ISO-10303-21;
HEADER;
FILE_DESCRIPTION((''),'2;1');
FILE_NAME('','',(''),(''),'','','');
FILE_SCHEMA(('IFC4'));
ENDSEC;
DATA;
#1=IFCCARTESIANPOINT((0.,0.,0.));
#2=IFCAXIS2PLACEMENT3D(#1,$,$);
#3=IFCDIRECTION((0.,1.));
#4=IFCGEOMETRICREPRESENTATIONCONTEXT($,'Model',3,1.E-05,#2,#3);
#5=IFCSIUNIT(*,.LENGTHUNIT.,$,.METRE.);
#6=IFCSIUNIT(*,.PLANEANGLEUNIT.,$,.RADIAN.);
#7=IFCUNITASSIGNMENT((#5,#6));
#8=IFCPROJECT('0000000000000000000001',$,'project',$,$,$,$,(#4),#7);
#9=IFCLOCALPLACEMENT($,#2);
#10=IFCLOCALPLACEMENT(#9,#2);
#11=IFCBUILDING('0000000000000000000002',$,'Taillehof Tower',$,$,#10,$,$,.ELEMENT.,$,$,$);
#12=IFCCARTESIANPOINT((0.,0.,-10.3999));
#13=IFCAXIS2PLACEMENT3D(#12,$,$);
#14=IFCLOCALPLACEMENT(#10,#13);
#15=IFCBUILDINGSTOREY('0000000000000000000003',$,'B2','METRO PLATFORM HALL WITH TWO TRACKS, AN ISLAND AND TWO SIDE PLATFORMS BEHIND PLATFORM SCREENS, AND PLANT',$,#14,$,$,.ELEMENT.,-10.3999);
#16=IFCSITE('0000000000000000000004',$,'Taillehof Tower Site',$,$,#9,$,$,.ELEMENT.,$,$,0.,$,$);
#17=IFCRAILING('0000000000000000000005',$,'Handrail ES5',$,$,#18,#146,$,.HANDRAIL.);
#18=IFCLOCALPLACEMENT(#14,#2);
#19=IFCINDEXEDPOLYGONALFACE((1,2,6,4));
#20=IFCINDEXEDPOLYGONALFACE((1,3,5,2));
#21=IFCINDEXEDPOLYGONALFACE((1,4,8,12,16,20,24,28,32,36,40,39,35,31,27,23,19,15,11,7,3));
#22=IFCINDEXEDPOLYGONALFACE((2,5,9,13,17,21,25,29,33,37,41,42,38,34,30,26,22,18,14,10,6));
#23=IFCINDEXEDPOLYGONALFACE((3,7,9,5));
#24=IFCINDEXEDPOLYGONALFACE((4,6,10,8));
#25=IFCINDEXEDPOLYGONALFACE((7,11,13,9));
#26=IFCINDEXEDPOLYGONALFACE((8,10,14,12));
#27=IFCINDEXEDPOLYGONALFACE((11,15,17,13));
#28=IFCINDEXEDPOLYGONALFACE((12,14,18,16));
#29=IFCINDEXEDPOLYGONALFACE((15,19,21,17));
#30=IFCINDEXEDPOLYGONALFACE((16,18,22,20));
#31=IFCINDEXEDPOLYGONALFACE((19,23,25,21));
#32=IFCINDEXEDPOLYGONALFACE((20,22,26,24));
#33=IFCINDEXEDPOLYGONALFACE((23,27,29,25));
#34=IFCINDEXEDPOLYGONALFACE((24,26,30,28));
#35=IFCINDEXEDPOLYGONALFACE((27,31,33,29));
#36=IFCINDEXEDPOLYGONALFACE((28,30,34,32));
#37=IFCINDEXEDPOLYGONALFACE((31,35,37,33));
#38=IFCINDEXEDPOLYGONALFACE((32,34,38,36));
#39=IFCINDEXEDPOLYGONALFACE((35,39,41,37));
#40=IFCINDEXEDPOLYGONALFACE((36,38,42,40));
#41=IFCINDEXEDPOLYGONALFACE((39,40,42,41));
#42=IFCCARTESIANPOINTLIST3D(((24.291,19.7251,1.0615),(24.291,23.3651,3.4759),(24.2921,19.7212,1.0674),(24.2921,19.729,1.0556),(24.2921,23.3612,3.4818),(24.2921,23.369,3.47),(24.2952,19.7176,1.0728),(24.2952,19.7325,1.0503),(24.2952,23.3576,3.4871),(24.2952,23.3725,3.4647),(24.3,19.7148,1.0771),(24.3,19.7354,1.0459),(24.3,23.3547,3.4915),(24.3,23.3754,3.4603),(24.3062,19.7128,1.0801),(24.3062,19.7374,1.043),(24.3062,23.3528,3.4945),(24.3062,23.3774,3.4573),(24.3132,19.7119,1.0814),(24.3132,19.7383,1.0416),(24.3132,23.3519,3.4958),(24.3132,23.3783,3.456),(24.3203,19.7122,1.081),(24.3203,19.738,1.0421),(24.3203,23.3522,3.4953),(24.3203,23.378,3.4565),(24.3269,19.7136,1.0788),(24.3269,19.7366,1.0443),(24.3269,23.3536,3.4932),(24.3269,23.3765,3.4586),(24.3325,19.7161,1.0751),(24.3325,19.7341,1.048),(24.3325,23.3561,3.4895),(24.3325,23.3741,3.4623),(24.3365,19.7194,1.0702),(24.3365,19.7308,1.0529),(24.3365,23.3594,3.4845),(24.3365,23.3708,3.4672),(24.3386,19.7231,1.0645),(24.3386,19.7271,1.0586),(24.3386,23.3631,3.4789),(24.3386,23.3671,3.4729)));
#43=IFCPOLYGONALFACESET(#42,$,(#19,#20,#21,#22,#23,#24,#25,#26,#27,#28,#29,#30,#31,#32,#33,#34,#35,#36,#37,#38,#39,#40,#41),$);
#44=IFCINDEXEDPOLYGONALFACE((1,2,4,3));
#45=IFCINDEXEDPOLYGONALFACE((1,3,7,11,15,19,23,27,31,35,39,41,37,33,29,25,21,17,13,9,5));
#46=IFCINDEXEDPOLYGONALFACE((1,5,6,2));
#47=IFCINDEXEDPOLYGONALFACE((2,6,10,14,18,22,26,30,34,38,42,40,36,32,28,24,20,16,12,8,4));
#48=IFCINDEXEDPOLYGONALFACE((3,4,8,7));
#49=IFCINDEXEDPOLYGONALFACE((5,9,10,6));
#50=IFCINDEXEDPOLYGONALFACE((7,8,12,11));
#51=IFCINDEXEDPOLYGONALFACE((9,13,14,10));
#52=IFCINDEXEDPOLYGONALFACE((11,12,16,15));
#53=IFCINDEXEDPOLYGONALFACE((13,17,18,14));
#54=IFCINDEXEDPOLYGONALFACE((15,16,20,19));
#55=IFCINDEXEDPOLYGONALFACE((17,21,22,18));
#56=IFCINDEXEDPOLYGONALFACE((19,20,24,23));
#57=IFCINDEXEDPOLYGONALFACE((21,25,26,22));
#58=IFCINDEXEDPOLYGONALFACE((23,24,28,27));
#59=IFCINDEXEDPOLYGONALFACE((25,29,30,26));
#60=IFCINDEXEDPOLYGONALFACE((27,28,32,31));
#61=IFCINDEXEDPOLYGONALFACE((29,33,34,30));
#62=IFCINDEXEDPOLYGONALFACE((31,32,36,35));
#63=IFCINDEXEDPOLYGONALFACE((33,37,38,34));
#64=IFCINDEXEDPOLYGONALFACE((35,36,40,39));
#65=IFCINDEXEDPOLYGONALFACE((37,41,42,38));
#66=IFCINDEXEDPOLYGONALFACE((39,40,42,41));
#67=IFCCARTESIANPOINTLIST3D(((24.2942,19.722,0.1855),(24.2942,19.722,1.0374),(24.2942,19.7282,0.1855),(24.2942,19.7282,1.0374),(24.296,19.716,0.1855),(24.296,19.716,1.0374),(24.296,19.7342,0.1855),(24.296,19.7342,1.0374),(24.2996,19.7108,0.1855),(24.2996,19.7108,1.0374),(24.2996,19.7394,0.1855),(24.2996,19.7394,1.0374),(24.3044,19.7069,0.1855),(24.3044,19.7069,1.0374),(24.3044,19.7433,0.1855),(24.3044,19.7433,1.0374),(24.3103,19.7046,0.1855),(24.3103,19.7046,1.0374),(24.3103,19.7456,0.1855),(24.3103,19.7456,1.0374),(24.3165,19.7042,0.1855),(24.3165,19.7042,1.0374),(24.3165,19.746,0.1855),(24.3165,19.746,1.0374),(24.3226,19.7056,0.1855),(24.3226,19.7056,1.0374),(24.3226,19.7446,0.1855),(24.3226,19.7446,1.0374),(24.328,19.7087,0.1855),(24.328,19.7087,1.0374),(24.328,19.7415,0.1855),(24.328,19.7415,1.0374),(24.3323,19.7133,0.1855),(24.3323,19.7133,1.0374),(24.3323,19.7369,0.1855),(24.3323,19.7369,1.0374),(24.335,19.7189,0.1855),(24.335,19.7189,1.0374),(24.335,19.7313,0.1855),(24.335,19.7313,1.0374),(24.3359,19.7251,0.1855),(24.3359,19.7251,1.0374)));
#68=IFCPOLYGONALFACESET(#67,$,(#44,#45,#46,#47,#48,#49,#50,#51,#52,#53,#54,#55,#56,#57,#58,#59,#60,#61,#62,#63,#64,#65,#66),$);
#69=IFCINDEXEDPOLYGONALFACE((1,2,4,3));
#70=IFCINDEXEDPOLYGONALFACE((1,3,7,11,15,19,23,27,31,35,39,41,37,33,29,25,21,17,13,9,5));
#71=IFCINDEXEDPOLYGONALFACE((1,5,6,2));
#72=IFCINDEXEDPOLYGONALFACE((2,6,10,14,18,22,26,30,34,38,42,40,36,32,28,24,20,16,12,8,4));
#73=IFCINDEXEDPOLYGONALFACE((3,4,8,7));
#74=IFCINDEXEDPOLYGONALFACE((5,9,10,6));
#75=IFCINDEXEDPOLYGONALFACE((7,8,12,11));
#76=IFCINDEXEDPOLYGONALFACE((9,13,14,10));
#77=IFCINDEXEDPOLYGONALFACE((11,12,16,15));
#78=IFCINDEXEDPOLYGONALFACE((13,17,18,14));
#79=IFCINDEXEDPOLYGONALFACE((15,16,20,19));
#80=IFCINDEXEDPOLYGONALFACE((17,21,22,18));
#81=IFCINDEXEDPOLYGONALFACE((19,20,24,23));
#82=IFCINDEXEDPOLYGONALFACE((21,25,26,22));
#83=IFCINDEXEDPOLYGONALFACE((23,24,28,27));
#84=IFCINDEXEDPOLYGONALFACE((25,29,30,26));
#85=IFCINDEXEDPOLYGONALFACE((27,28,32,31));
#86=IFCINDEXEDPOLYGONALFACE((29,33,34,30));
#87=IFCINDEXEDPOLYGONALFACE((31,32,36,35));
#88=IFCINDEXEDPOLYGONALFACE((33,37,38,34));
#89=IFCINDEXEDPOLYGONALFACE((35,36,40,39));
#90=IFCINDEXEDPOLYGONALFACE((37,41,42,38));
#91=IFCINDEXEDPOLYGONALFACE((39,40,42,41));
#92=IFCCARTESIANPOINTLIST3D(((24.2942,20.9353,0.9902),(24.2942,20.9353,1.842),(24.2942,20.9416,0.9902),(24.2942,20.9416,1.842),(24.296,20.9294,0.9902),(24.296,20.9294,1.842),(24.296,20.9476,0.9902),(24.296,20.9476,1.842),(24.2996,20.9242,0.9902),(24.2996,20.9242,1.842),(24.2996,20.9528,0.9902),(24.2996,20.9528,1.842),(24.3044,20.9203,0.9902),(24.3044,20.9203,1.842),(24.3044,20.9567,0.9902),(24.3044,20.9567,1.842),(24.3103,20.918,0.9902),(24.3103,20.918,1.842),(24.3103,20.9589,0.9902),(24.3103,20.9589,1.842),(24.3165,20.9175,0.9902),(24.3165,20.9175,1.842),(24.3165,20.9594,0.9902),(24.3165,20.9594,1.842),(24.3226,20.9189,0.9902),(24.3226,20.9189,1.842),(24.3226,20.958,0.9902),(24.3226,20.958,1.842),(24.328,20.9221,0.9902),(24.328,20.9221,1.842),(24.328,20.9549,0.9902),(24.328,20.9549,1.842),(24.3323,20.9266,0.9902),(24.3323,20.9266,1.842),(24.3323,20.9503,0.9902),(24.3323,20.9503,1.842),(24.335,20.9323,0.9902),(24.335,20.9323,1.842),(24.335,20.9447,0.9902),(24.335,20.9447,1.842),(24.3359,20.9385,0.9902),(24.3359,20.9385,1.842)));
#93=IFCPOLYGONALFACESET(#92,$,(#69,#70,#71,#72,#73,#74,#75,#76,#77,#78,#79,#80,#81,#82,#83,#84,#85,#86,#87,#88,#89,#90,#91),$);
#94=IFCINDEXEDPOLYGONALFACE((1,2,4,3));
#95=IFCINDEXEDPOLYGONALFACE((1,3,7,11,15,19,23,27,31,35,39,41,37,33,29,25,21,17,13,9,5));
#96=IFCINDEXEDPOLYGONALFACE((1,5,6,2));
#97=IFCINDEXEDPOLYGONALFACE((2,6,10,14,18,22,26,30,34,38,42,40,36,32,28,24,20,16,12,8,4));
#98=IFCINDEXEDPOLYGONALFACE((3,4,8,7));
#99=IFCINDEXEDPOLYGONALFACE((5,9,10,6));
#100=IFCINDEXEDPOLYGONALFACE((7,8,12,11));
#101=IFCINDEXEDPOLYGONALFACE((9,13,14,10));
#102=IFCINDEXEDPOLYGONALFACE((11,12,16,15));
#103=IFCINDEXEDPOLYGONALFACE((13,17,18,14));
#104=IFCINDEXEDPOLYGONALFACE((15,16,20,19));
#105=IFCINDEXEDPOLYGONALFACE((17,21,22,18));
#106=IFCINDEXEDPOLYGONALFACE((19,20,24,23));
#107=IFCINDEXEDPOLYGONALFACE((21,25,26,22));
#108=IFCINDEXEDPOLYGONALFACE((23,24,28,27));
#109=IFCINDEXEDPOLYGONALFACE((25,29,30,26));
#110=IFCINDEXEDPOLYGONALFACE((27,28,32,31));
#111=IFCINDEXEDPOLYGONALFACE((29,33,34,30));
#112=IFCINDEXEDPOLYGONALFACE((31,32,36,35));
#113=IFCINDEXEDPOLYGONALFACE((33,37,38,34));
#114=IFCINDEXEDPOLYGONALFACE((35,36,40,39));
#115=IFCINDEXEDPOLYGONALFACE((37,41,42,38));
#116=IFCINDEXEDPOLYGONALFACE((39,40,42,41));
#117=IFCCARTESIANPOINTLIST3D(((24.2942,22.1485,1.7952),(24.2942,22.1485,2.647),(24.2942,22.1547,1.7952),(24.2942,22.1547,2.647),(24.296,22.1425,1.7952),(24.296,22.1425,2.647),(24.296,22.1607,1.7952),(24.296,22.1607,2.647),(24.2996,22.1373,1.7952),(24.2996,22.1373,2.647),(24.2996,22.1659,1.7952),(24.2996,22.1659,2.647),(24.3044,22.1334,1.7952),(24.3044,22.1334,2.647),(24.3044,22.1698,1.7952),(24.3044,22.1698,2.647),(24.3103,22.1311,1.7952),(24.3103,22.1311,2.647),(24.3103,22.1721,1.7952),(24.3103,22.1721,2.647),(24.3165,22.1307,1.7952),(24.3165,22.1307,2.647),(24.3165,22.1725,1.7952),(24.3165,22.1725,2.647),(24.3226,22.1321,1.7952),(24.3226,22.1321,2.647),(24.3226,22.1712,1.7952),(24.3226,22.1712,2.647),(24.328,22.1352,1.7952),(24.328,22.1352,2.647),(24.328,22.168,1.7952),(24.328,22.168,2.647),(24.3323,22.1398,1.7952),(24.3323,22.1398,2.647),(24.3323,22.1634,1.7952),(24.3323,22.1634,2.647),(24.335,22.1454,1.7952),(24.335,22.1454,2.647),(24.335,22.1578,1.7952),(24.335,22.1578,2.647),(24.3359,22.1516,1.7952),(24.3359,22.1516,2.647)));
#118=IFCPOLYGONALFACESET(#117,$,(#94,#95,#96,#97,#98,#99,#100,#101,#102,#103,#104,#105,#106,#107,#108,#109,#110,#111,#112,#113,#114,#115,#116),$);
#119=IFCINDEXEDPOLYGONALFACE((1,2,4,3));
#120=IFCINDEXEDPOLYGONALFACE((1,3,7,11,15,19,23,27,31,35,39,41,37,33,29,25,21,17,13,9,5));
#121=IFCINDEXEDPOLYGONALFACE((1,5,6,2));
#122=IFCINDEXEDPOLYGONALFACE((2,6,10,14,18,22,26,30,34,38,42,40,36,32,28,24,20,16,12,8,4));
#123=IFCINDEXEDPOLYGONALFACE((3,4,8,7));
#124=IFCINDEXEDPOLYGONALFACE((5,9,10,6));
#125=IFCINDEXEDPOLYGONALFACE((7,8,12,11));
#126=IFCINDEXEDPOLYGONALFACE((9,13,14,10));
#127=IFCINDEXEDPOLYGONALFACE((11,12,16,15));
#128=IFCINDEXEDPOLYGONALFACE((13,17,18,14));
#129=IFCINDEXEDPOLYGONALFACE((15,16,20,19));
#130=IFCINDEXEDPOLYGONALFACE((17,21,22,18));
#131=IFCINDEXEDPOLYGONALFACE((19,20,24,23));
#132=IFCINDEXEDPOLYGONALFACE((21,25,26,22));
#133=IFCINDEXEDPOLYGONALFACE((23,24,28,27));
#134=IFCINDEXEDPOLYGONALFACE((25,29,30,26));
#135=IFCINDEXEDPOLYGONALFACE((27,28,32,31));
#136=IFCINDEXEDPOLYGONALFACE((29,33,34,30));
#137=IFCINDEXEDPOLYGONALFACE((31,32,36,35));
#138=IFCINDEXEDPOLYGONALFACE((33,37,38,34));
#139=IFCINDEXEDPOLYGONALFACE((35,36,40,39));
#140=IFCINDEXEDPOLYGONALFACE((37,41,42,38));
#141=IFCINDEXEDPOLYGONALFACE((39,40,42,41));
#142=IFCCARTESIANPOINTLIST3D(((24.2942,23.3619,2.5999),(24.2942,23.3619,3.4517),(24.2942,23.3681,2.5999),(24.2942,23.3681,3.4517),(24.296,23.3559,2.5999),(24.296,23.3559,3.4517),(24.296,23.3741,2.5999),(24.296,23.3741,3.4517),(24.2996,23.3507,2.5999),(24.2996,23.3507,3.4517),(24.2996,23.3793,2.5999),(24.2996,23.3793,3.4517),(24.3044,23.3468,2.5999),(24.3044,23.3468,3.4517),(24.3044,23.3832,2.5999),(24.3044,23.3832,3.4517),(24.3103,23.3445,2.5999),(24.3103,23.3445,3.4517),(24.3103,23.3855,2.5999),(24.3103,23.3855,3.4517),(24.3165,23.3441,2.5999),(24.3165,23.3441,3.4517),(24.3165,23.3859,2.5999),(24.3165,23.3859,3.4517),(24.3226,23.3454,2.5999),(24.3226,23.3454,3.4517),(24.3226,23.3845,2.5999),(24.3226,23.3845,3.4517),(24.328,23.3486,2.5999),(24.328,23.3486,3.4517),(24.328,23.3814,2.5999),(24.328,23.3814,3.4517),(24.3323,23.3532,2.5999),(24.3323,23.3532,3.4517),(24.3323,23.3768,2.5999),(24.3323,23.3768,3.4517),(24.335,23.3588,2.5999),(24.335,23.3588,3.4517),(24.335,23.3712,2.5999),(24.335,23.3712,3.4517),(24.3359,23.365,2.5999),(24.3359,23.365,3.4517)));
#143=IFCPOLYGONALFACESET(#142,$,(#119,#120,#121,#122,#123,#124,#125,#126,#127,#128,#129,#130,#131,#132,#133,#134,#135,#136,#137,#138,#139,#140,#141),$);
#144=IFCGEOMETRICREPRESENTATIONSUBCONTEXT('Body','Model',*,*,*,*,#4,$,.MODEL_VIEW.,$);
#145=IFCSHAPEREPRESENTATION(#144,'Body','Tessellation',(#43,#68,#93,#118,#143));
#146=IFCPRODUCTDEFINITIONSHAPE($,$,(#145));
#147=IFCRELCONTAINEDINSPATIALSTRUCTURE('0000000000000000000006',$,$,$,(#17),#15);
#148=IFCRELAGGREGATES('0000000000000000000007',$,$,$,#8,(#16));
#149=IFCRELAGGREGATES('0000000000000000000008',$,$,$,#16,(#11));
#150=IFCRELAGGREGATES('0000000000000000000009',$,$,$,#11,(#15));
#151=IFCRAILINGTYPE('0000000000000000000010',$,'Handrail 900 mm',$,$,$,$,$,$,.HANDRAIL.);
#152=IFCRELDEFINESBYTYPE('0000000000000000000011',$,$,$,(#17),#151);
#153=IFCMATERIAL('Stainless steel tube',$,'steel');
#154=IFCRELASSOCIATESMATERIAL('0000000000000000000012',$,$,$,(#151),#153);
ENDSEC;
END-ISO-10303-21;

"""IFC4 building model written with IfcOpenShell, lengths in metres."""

from ifc_helpers import new_model, si_unit, direction, frame, origin, origin_2d, place, context, subcontext, project, spatial, circle, extrude, material, type_object, element, save


model = new_model("IFC4")

# Units and contexts
model_context = context("Model", 3, precision=1e-05, world=origin(), true_north=direction((0.0, 1.0)))
body_context = subcontext(model_context, "Body", "Model", "MODEL_VIEW")
ifc_project = project(units=[si_unit("LENGTHUNIT", "METRE"), si_unit("PLANEANGLEUNIT", "RADIAN")], contexts=[model_context])

# Site, building, storey
site_placement = place(None, origin())
site = spatial("IfcSite", under=ifc_project, at=site_placement, Name="Taillehof Tower Site", CompositionType="ELEMENT", RefElevation=0.0)
building_placement = place(site_placement, origin())
building = spatial("IfcBuilding", under=site, at=building_placement, Name="Taillehof Tower", CompositionType="ELEMENT")
storey_placement = place(building_placement, frame((0.0, 0.0, -10.3999)))
storey = spatial("IfcBuildingStorey", under=building, at=storey_placement, Name="B2", Description="METRO PLATFORM HALL WITH TWO TRACKS, AN ISLAND AND TWO SIDE PLATFORMS BEHIND PLATFORM SCREENS, AND PLANT", CompositionType="ELEMENT", Elevation=-10.3999)

# Railing
ifc_material_1 = material(Name="Stainless steel tube", Category="steel")
railing_type = type_object("IfcRailingType", Name="Handrail 900 mm", PredefinedType="HANDRAIL", material=ifc_material_1)
for number, where, name in (
    (1, (24.3149, 19.7251, 0.1855), "Handrail ES5"),
):
    element("IfcRailing", number, at=place(storey_placement, frame(where)), inside=storey, type_object=railing_type, Name=name, PredefinedType="HANDRAIL", context=body_context, shape_type="SweptSolid", body=[
        extrude(circle(Radius=0.0239, at=origin_2d()), frame((0.0, 0.0, 0.876), z_axis=(0.0, 0.833347, 0.552751), x_axis=(-1.0, 0.0, 0.0)), (0.0, 0.0, 1.0), 4.3679),
        extrude(circle(Radius=0.021, at=origin_2d()), origin(), (0.0, 0.0, 1.0), 0.8518),
        extrude(circle(Radius=0.021, at=origin_2d()), frame((0.0, 1.2134, 0.8047)), (0.0, 0.0, 1.0), 0.8518),
        extrude(circle(Radius=0.021, at=origin_2d()), frame((0.0, 2.4265, 1.6096)), (0.0, 0.0, 1.0), 0.8518),
        extrude(circle(Radius=0.021, at=origin_2d()), frame((0.0, 3.6399, 2.4143)), (0.0, 0.0, 1.0), 0.8518),
    ])

save(model, "model.ifc")
